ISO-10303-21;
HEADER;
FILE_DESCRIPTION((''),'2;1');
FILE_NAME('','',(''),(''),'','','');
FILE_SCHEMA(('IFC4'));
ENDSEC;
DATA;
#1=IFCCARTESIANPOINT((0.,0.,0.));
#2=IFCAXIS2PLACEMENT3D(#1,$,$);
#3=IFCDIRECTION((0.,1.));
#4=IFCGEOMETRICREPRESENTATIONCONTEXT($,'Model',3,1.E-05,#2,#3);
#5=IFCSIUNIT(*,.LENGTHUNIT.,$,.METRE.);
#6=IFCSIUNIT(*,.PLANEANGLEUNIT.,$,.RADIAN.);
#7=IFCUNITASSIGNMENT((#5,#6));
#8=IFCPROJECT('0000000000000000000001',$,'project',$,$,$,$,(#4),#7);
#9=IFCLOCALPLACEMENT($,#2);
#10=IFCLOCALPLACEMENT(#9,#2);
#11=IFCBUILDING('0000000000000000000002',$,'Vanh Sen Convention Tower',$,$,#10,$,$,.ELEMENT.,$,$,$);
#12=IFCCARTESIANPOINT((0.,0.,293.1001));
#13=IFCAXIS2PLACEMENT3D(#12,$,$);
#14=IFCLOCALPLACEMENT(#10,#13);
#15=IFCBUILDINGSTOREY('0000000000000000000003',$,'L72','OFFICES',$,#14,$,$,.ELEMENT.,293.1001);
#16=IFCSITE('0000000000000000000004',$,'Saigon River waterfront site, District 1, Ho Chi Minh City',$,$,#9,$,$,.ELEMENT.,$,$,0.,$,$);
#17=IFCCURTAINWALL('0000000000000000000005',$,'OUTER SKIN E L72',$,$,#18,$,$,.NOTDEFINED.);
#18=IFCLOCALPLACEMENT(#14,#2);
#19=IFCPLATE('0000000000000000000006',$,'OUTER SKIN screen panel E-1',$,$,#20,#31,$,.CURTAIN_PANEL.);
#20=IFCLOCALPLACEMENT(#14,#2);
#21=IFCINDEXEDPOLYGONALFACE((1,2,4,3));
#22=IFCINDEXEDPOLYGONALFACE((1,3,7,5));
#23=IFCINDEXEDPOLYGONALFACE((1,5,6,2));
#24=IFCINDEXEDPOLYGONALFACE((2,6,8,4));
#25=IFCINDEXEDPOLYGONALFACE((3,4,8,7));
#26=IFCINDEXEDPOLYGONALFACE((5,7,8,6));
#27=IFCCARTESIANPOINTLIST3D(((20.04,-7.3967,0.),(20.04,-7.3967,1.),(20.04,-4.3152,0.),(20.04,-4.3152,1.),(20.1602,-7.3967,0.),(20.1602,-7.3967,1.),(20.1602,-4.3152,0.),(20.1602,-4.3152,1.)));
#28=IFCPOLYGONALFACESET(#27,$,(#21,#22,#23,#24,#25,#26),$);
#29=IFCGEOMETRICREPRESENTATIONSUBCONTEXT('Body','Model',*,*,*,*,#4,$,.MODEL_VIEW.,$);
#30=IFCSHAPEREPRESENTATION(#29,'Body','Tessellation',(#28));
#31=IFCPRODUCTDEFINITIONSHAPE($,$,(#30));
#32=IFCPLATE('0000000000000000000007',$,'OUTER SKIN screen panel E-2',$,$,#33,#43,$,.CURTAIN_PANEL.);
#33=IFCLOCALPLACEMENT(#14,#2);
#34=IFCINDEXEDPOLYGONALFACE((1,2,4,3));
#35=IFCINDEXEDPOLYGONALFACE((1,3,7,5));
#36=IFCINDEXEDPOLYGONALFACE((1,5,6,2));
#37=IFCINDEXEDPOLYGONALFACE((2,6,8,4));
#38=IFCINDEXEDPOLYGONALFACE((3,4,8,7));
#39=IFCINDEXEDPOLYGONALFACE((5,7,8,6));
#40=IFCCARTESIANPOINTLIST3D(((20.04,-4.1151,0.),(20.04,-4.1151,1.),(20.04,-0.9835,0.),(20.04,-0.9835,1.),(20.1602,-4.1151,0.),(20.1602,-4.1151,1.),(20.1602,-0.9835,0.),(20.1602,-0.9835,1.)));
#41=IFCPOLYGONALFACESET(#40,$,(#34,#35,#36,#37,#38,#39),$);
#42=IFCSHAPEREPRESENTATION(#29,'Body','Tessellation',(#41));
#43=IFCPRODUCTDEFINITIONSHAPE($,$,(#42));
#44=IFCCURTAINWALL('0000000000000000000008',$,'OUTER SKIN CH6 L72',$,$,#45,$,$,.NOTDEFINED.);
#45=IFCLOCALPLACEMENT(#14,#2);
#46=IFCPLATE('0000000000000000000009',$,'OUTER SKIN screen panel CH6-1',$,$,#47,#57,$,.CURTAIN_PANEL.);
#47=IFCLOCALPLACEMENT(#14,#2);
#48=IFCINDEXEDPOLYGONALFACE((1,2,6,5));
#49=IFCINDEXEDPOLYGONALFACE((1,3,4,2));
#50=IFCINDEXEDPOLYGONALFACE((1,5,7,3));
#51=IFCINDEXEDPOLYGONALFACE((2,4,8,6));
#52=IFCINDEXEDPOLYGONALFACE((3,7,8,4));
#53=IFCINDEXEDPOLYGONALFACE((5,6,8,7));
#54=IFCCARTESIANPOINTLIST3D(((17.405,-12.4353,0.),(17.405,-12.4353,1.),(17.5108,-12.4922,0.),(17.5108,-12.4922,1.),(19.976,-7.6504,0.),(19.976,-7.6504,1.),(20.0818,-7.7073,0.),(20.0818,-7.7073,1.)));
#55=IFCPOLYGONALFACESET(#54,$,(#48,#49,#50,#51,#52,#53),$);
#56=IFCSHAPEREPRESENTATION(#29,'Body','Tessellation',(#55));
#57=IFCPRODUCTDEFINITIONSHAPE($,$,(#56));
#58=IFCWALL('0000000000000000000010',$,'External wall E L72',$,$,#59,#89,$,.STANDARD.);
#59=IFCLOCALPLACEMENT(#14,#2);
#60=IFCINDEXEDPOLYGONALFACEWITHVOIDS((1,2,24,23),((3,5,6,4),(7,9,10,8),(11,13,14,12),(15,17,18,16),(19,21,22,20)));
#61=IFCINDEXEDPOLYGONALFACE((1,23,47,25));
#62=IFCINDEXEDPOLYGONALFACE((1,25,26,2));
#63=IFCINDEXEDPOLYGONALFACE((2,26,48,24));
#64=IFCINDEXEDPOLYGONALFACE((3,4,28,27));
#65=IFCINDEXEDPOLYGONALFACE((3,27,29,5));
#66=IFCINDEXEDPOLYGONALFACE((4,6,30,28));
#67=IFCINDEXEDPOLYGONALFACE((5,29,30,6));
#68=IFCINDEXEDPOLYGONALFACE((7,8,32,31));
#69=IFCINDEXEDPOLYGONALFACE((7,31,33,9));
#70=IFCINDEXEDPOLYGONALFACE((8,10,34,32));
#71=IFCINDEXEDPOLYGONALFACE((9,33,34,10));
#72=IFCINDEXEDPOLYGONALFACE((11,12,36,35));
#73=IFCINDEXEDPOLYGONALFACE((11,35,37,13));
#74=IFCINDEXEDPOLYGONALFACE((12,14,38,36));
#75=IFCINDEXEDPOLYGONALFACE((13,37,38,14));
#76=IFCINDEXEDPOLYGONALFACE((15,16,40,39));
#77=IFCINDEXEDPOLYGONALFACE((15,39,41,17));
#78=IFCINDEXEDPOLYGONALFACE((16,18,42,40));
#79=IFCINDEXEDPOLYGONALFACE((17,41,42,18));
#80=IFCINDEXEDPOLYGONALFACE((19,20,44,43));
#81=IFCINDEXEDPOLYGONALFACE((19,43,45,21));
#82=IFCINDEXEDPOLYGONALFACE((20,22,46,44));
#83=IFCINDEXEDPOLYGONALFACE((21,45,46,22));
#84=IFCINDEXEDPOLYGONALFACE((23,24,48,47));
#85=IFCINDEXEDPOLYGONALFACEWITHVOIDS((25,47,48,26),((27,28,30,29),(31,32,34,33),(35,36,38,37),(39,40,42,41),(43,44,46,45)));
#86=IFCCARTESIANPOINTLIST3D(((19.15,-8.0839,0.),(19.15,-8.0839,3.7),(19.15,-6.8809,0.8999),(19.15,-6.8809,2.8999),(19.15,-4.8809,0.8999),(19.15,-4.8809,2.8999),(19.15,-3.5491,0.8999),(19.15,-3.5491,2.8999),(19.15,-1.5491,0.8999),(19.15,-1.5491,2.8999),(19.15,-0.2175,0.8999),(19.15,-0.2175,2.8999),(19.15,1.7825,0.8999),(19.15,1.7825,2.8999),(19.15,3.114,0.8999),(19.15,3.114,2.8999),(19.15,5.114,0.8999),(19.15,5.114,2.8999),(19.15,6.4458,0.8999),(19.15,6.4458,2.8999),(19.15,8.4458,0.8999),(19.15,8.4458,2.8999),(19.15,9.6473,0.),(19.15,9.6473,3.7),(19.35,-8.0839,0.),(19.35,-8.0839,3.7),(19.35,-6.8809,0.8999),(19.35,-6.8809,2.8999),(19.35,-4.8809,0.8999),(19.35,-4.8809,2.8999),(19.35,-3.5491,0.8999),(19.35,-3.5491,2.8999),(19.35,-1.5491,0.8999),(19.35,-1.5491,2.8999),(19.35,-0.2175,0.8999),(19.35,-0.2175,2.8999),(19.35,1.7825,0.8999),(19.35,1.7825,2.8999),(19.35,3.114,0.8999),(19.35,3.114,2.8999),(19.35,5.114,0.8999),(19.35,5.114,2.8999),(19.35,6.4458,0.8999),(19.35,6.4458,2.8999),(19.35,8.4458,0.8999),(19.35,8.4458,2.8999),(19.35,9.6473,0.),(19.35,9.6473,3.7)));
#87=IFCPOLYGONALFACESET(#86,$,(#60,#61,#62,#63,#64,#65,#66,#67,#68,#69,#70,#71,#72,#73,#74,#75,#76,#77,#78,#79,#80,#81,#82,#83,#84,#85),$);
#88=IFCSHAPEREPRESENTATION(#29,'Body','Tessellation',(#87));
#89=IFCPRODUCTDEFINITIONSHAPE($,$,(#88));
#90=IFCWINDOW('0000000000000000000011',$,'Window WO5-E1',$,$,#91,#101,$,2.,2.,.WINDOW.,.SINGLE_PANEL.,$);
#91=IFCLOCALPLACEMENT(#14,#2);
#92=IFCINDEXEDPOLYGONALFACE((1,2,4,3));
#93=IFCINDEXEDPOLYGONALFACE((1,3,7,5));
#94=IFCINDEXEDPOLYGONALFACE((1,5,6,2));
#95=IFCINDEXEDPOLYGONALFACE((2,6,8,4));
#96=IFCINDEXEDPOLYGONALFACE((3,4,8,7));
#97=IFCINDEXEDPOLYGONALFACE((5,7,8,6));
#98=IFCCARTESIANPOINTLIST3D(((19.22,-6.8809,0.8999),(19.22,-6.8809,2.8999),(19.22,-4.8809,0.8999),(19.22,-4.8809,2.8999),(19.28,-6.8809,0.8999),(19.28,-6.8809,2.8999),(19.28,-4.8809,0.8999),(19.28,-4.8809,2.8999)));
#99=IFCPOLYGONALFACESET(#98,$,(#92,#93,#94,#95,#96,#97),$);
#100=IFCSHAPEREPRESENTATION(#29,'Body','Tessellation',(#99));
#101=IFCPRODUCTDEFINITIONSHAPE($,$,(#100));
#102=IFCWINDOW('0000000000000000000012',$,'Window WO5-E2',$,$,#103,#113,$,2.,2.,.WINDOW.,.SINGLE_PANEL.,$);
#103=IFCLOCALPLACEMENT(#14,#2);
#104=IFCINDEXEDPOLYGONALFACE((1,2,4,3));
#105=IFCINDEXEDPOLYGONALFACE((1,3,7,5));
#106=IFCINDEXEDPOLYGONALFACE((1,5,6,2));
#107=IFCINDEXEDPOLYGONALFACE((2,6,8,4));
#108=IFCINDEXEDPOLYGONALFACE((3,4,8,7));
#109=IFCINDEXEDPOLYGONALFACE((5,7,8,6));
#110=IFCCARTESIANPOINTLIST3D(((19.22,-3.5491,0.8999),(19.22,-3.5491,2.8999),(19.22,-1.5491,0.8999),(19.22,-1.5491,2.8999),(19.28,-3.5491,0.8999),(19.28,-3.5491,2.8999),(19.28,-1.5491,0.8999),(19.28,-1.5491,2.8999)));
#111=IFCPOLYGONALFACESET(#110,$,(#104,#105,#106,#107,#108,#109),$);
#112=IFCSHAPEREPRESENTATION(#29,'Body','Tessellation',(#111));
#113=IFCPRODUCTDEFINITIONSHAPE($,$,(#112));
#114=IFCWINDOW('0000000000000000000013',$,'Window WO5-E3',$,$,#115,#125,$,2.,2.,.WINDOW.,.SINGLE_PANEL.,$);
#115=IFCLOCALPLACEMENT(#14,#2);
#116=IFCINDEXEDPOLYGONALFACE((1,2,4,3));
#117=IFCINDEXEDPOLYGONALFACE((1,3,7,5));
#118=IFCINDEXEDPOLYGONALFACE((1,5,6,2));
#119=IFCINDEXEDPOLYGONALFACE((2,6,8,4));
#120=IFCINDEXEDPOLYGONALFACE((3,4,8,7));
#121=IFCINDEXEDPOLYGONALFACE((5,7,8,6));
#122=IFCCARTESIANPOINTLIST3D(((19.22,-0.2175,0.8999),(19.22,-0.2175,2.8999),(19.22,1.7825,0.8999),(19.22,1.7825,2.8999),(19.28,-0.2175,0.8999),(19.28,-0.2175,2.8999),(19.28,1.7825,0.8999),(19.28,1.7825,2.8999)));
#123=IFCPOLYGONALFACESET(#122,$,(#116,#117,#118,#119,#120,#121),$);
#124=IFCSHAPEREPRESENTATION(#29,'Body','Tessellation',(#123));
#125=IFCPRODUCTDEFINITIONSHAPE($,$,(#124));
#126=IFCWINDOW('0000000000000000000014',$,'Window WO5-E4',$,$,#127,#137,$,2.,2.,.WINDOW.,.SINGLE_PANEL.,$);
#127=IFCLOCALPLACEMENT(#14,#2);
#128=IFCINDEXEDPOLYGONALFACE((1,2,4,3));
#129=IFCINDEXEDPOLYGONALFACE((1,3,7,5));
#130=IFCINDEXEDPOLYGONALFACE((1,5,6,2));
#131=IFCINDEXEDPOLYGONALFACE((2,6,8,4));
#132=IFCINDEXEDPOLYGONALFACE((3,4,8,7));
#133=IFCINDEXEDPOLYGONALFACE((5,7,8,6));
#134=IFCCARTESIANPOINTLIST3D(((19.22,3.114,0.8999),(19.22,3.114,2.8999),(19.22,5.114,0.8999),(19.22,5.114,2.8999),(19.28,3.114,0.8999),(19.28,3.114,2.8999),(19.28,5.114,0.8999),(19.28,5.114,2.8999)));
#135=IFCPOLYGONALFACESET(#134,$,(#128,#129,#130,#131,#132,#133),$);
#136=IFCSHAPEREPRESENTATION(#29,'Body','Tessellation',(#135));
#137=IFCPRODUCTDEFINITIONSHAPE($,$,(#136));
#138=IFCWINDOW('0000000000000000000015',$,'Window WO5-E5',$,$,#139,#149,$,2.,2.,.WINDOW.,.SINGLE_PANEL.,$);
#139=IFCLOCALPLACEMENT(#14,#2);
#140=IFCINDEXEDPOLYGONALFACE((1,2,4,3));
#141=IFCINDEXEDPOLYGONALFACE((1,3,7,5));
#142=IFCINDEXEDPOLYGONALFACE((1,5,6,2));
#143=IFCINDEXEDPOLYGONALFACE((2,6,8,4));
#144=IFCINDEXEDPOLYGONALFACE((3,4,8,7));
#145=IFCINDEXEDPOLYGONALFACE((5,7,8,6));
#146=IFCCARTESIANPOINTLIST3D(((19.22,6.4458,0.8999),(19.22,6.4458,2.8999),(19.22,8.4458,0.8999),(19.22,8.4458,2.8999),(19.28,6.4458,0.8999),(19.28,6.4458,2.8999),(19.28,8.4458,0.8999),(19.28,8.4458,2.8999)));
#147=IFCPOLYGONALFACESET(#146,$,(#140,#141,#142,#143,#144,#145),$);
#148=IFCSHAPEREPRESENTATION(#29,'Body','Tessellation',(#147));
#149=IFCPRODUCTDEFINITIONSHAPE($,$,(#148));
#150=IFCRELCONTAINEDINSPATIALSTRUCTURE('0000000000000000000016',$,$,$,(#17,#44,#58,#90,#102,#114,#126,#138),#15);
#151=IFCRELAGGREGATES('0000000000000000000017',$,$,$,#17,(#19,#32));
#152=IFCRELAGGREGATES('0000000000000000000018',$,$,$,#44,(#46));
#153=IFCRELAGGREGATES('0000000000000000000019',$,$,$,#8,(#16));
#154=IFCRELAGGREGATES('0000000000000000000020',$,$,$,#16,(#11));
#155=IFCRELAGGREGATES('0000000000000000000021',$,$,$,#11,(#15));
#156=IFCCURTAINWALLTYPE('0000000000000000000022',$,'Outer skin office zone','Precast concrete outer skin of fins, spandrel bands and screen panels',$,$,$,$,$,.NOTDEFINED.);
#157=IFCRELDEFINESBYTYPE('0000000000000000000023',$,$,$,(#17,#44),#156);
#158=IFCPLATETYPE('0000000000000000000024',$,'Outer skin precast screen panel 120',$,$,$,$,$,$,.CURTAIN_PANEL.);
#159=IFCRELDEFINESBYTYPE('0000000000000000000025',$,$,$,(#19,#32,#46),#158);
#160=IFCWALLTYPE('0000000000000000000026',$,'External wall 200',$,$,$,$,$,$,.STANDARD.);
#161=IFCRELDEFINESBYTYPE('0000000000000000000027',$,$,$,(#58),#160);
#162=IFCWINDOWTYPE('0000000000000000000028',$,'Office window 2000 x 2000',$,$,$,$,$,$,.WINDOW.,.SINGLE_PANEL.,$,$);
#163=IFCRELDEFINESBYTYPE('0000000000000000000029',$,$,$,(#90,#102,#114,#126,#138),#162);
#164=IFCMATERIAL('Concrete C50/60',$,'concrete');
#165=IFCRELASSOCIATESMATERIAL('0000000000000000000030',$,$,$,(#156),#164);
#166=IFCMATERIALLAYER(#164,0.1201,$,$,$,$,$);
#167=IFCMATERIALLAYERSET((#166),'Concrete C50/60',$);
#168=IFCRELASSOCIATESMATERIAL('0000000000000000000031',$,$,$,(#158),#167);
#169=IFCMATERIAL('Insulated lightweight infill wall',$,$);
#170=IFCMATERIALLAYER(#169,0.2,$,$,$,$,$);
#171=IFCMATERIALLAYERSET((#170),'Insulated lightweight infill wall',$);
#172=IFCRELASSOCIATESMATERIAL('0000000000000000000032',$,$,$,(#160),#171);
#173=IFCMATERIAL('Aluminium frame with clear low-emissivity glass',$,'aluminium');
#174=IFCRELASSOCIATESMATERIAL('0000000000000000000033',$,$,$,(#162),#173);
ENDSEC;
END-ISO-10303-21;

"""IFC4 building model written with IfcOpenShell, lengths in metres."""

from ifc_helpers import new_model, si_unit, direction, frame, frame_2d, origin, origin_2d, place, context, subcontext, project, spatial, rectangle, extrude, material, layer, layer_set, type_object, element, fill, aggregate, save


model = new_model("IFC4")

# Units and contexts
model_context = context("Model", 3, precision=1e-05, world=origin(), true_north=direction((0.0, 1.0)))
body_context = subcontext(model_context, "Body", "Model", "MODEL_VIEW")
ifc_project = project(units=[si_unit("LENGTHUNIT", "METRE"), si_unit("PLANEANGLEUNIT", "RADIAN")], contexts=[model_context])

# Site, building, storey
site_placement = place(None, origin())
site = spatial("IfcSite", under=ifc_project, at=site_placement, Name="Saigon River waterfront site, District 1, Ho Chi Minh City", CompositionType="ELEMENT", RefElevation=0.0)
building_placement = place(site_placement, origin())
building = spatial("IfcBuilding", under=site, at=building_placement, Name="Vanh Sen Convention Tower", CompositionType="ELEMENT")
storey_placement = place(building_placement, frame((0.0, 0.0, 293.1001)))
storey = spatial("IfcBuildingStorey", under=building, at=storey_placement, Name="L72", Description="OFFICES", CompositionType="ELEMENT", Elevation=293.1001)

# Curtain wall
ifc_material_1 = material(Name="Concrete C50/60", Category="concrete")
curtain_wall_type = type_object("IfcCurtainWallType", Name="Outer skin office zone", Description="Precast concrete outer skin of fins, spandrel bands and screen panels", PredefinedType="NOTDEFINED", material=ifc_material_1)
curtain_wall_1_placement = place(storey_placement, origin())
curtain_wall_1 = element("IfcCurtainWall", 1, at=curtain_wall_1_placement, inside=storey, type_object=curtain_wall_type, Name="OUTER SKIN E L72", PredefinedType="NOTDEFINED")

# Plates
ifc_layer_1 = layer(ifc_material_1, 0.1201)
ifc_layer_set_1 = layer_set([ifc_layer_1], Name="Concrete C50/60")
plate_type = type_object("IfcPlateType", Name="Outer skin precast screen panel 120", PredefinedType="CURTAIN_PANEL", material=ifc_layer_set_1)
plate_1_placement = place(storey_placement, frame((20.1001, -5.856, 0.0), z_axis=(0.0, 0.0, 1.0), x_axis=(0.0, 1.0, 0.0)))
plate_1 = element("IfcPlate", 2, at=plate_1_placement, type_object=plate_type, Name="OUTER SKIN screen panel E-1", PredefinedType="CURTAIN_PANEL", context=body_context, shape_type="SweptSolid", body=[
    extrude(rectangle(XDim=3.0815, YDim=0.1201, at=origin_2d()), origin(), (0.0, 0.0, 1.0), 1.0),
])
plate_2_placement = place(storey_placement, frame((20.1001, -2.5493, 0.0), z_axis=(0.0, 0.0, 1.0), x_axis=(0.0, 1.0, 0.0)))
plate_2 = element("IfcPlate", 3, at=plate_2_placement, type_object=plate_type, Name="OUTER SKIN screen panel E-2", PredefinedType="CURTAIN_PANEL", context=body_context, shape_type="SweptSolid", body=[
    extrude(rectangle(XDim=3.1316, YDim=0.1201, at=origin_2d()), origin(), (0.0, 0.0, 1.0), 1.0),
])
aggregate(curtain_wall_1, [plate_1, plate_2])

# Curtain wall, plate
curtain_wall_2_placement = place(storey_placement, origin())
curtain_wall_2 = element("IfcCurtainWall", 4, at=curtain_wall_2_placement, inside=storey, type_object=curtain_wall_type, Name="OUTER SKIN CH6 L72", PredefinedType="NOTDEFINED")
plate_3_placement = place(storey_placement, frame((18.7434, -10.0713, 0.0), z_axis=(0.0, 0.0, 1.0), x_axis=(0.473324, 0.880888, 0.0)))
plate_3 = element("IfcPlate", 5, at=plate_3_placement, type_object=plate_type, Name="OUTER SKIN screen panel CH6-1", PredefinedType="CURTAIN_PANEL", context=body_context, shape_type="SweptSolid", body=[
    extrude(rectangle(XDim=5.4319, YDim=0.1201, at=origin_2d()), origin(), (0.0, 0.0, 1.0), 1.0),
])
aggregate(curtain_wall_2, [plate_3])

# Wall, openings, windows
ifc_material_2 = material(Name="Insulated lightweight infill wall")
ifc_layer_2 = layer(ifc_material_2, 0.2)
ifc_layer_set_2 = layer_set([ifc_layer_2], Name="Insulated lightweight infill wall")
wall_type = type_object("IfcWallType", Name="External wall 200", PredefinedType="STANDARD", material=ifc_layer_set_2)
wall_1_placement = place(storey_placement, frame((19.25, -8.084, 0.0), z_axis=(0.0, 0.0, 1.0), x_axis=(0.0, 1.0, 0.0)))
wall_1 = element("IfcWall", 6, at=wall_1_placement, inside=storey, type_object=wall_type, Name="External wall E L72", PredefinedType="STANDARD", context=body_context, shape_type="SweptSolid", body=[
    extrude(rectangle(XDim=17.7312, YDim=0.2, at=frame_2d((8.8657, 0.0))), origin(), (0.0, 0.0, 1.0), 3.7),
])
opening_1_placement = place(wall_1_placement, frame((1.2031, 0.0, 0.8999)))
opening_1 = element("IfcOpeningElement", 7, at=opening_1_placement, cuts=wall_1, PredefinedType="OPENING", context=body_context, shape_type="SweptSolid", body=[
    extrude(rectangle(XDim=2.0, YDim=2.0, at=frame_2d((1.0, 1.0))), frame((0.0, 0.1099, 0.0), z_axis=(0.0, -1.0, 0.0), x_axis=(1.0, 0.0, 0.0)), (0.0, 0.0, 1.0), 0.22),
])
opening_2_placement = place(wall_1_placement, frame((4.5349, 0.0, 0.8999)))
opening_2 = element("IfcOpeningElement", 8, at=opening_2_placement, cuts=wall_1, PredefinedType="OPENING", context=body_context, shape_type="SweptSolid", body=[
    extrude(rectangle(XDim=2.0, YDim=2.0, at=frame_2d((1.0, 1.0))), frame((0.0, 0.1099, 0.0), z_axis=(0.0, -1.0, 0.0), x_axis=(1.0, 0.0, 0.0)), (0.0, 0.0, 1.0), 0.22),
])
opening_3_placement = place(wall_1_placement, frame((7.8665, 0.0, 0.8999)))
opening_3 = element("IfcOpeningElement", 9, at=opening_3_placement, cuts=wall_1, PredefinedType="OPENING", context=body_context, shape_type="SweptSolid", body=[
    extrude(rectangle(XDim=2.0, YDim=2.0, at=frame_2d((1.0, 1.0))), frame((0.0, 0.1099, 0.0), z_axis=(0.0, -1.0, 0.0), x_axis=(1.0, 0.0, 0.0)), (0.0, 0.0, 1.0), 0.22),
])
opening_4_placement = place(wall_1_placement, frame((11.198, 0.0, 0.8999)))
opening_4 = element("IfcOpeningElement", 10, at=opening_4_placement, cuts=wall_1, PredefinedType="OPENING", context=body_context, shape_type="SweptSolid", body=[
    extrude(rectangle(XDim=2.0, YDim=2.0, at=frame_2d((1.0, 1.0))), frame((0.0, 0.1099, 0.0), z_axis=(0.0, -1.0, 0.0), x_axis=(1.0, 0.0, 0.0)), (0.0, 0.0, 1.0), 0.22),
])
opening_5_placement = place(wall_1_placement, frame((14.5298, 0.0, 0.8999)))
opening_5 = element("IfcOpeningElement", 11, at=opening_5_placement, cuts=wall_1, PredefinedType="OPENING", context=body_context, shape_type="SweptSolid", body=[
    extrude(rectangle(XDim=2.0, YDim=2.0, at=frame_2d((1.0, 1.0))), frame((0.0, 0.1099, 0.0), z_axis=(0.0, -1.0, 0.0), x_axis=(1.0, 0.0, 0.0)), (0.0, 0.0, 1.0), 0.22),
])
ifc_material_3 = material(Name="Aluminium frame with clear low-emissivity glass", Category="aluminium")
window_type_1 = type_object("IfcWindowType", Name="Office window 2000 x 2000", PartitioningType="SINGLE_PANEL", PredefinedType="WINDOW", material=ifc_material_3)
window_1_placement = place(opening_1_placement, origin())
window_1 = element("IfcWindow", 12, at=window_1_placement, inside=storey, type_object=window_type_1, Name="Window WO5-E1", OverallHeight=2.0, OverallWidth=2.0, PartitioningType="SINGLE_PANEL", PredefinedType="WINDOW", context=body_context, shape_type="SweptSolid", body=[
    extrude(rectangle(XDim=2.0, YDim=2.0, at=frame_2d((1.0, 1.0))), frame((0.0, 0.03, 0.0), z_axis=(0.0, -1.0, 0.0), x_axis=(1.0, 0.0, 0.0)), (0.0, 0.0, 1.0), 0.0601),
])
fill(opening_1, window_1)
window_2_placement = place(opening_2_placement, origin())
window_2 = element("IfcWindow", 13, at=window_2_placement, inside=storey, type_object=window_type_1, Name="Window WO5-E2", OverallHeight=2.0, OverallWidth=2.0, PartitioningType="SINGLE_PANEL", PredefinedType="WINDOW", context=body_context, shape_type="SweptSolid", body=[
    extrude(rectangle(XDim=2.0, YDim=2.0, at=frame_2d((1.0, 1.0))), frame((0.0, 0.03, 0.0), z_axis=(0.0, -1.0, 0.0), x_axis=(1.0, 0.0, 0.0)), (0.0, 0.0, 1.0), 0.0601),
])
fill(opening_2, window_2)
window_3_placement = place(opening_3_placement, origin())
window_3 = element("IfcWindow", 14, at=window_3_placement, inside=storey, type_object=window_type_1, Name="Window WO5-E3", OverallHeight=2.0, OverallWidth=2.0, PartitioningType="SINGLE_PANEL", PredefinedType="WINDOW", context=body_context, shape_type="SweptSolid", body=[
    extrude(rectangle(XDim=2.0, YDim=2.0, at=frame_2d((1.0, 1.0))), frame((0.0, 0.03, 0.0), z_axis=(0.0, -1.0, 0.0), x_axis=(1.0, 0.0, 0.0)), (0.0, 0.0, 1.0), 0.0601),
])
fill(opening_3, window_3)
window_4_placement = place(opening_4_placement, origin())
window_4 = element("IfcWindow", 15, at=window_4_placement, inside=storey, type_object=window_type_1, Name="Window WO5-E4", OverallHeight=2.0, OverallWidth=2.0, PartitioningType="SINGLE_PANEL", PredefinedType="WINDOW", context=body_context, shape_type="SweptSolid", body=[
    extrude(rectangle(XDim=2.0, YDim=2.0, at=frame_2d((1.0, 1.0))), frame((0.0, 0.03, 0.0), z_axis=(0.0, -1.0, 0.0), x_axis=(1.0, 0.0, 0.0)), (0.0, 0.0, 1.0), 0.0601),
])
fill(opening_4, window_4)
window_5_placement = place(opening_5_placement, origin())
window_5 = element("IfcWindow", 16, at=window_5_placement, inside=storey, type_object=window_type_1, Name="Window WO5-E5", OverallHeight=2.0, OverallWidth=2.0, PartitioningType="SINGLE_PANEL", PredefinedType="WINDOW", context=body_context, shape_type="SweptSolid", body=[
    extrude(rectangle(XDim=2.0, YDim=2.0, at=frame_2d((1.0, 1.0))), frame((0.0, 0.03, 0.0), z_axis=(0.0, -1.0, 0.0), x_axis=(1.0, 0.0, 0.0)), (0.0, 0.0, 1.0), 0.0601),
])
fill(opening_5, window_5)

save(model, "model.ifc")
